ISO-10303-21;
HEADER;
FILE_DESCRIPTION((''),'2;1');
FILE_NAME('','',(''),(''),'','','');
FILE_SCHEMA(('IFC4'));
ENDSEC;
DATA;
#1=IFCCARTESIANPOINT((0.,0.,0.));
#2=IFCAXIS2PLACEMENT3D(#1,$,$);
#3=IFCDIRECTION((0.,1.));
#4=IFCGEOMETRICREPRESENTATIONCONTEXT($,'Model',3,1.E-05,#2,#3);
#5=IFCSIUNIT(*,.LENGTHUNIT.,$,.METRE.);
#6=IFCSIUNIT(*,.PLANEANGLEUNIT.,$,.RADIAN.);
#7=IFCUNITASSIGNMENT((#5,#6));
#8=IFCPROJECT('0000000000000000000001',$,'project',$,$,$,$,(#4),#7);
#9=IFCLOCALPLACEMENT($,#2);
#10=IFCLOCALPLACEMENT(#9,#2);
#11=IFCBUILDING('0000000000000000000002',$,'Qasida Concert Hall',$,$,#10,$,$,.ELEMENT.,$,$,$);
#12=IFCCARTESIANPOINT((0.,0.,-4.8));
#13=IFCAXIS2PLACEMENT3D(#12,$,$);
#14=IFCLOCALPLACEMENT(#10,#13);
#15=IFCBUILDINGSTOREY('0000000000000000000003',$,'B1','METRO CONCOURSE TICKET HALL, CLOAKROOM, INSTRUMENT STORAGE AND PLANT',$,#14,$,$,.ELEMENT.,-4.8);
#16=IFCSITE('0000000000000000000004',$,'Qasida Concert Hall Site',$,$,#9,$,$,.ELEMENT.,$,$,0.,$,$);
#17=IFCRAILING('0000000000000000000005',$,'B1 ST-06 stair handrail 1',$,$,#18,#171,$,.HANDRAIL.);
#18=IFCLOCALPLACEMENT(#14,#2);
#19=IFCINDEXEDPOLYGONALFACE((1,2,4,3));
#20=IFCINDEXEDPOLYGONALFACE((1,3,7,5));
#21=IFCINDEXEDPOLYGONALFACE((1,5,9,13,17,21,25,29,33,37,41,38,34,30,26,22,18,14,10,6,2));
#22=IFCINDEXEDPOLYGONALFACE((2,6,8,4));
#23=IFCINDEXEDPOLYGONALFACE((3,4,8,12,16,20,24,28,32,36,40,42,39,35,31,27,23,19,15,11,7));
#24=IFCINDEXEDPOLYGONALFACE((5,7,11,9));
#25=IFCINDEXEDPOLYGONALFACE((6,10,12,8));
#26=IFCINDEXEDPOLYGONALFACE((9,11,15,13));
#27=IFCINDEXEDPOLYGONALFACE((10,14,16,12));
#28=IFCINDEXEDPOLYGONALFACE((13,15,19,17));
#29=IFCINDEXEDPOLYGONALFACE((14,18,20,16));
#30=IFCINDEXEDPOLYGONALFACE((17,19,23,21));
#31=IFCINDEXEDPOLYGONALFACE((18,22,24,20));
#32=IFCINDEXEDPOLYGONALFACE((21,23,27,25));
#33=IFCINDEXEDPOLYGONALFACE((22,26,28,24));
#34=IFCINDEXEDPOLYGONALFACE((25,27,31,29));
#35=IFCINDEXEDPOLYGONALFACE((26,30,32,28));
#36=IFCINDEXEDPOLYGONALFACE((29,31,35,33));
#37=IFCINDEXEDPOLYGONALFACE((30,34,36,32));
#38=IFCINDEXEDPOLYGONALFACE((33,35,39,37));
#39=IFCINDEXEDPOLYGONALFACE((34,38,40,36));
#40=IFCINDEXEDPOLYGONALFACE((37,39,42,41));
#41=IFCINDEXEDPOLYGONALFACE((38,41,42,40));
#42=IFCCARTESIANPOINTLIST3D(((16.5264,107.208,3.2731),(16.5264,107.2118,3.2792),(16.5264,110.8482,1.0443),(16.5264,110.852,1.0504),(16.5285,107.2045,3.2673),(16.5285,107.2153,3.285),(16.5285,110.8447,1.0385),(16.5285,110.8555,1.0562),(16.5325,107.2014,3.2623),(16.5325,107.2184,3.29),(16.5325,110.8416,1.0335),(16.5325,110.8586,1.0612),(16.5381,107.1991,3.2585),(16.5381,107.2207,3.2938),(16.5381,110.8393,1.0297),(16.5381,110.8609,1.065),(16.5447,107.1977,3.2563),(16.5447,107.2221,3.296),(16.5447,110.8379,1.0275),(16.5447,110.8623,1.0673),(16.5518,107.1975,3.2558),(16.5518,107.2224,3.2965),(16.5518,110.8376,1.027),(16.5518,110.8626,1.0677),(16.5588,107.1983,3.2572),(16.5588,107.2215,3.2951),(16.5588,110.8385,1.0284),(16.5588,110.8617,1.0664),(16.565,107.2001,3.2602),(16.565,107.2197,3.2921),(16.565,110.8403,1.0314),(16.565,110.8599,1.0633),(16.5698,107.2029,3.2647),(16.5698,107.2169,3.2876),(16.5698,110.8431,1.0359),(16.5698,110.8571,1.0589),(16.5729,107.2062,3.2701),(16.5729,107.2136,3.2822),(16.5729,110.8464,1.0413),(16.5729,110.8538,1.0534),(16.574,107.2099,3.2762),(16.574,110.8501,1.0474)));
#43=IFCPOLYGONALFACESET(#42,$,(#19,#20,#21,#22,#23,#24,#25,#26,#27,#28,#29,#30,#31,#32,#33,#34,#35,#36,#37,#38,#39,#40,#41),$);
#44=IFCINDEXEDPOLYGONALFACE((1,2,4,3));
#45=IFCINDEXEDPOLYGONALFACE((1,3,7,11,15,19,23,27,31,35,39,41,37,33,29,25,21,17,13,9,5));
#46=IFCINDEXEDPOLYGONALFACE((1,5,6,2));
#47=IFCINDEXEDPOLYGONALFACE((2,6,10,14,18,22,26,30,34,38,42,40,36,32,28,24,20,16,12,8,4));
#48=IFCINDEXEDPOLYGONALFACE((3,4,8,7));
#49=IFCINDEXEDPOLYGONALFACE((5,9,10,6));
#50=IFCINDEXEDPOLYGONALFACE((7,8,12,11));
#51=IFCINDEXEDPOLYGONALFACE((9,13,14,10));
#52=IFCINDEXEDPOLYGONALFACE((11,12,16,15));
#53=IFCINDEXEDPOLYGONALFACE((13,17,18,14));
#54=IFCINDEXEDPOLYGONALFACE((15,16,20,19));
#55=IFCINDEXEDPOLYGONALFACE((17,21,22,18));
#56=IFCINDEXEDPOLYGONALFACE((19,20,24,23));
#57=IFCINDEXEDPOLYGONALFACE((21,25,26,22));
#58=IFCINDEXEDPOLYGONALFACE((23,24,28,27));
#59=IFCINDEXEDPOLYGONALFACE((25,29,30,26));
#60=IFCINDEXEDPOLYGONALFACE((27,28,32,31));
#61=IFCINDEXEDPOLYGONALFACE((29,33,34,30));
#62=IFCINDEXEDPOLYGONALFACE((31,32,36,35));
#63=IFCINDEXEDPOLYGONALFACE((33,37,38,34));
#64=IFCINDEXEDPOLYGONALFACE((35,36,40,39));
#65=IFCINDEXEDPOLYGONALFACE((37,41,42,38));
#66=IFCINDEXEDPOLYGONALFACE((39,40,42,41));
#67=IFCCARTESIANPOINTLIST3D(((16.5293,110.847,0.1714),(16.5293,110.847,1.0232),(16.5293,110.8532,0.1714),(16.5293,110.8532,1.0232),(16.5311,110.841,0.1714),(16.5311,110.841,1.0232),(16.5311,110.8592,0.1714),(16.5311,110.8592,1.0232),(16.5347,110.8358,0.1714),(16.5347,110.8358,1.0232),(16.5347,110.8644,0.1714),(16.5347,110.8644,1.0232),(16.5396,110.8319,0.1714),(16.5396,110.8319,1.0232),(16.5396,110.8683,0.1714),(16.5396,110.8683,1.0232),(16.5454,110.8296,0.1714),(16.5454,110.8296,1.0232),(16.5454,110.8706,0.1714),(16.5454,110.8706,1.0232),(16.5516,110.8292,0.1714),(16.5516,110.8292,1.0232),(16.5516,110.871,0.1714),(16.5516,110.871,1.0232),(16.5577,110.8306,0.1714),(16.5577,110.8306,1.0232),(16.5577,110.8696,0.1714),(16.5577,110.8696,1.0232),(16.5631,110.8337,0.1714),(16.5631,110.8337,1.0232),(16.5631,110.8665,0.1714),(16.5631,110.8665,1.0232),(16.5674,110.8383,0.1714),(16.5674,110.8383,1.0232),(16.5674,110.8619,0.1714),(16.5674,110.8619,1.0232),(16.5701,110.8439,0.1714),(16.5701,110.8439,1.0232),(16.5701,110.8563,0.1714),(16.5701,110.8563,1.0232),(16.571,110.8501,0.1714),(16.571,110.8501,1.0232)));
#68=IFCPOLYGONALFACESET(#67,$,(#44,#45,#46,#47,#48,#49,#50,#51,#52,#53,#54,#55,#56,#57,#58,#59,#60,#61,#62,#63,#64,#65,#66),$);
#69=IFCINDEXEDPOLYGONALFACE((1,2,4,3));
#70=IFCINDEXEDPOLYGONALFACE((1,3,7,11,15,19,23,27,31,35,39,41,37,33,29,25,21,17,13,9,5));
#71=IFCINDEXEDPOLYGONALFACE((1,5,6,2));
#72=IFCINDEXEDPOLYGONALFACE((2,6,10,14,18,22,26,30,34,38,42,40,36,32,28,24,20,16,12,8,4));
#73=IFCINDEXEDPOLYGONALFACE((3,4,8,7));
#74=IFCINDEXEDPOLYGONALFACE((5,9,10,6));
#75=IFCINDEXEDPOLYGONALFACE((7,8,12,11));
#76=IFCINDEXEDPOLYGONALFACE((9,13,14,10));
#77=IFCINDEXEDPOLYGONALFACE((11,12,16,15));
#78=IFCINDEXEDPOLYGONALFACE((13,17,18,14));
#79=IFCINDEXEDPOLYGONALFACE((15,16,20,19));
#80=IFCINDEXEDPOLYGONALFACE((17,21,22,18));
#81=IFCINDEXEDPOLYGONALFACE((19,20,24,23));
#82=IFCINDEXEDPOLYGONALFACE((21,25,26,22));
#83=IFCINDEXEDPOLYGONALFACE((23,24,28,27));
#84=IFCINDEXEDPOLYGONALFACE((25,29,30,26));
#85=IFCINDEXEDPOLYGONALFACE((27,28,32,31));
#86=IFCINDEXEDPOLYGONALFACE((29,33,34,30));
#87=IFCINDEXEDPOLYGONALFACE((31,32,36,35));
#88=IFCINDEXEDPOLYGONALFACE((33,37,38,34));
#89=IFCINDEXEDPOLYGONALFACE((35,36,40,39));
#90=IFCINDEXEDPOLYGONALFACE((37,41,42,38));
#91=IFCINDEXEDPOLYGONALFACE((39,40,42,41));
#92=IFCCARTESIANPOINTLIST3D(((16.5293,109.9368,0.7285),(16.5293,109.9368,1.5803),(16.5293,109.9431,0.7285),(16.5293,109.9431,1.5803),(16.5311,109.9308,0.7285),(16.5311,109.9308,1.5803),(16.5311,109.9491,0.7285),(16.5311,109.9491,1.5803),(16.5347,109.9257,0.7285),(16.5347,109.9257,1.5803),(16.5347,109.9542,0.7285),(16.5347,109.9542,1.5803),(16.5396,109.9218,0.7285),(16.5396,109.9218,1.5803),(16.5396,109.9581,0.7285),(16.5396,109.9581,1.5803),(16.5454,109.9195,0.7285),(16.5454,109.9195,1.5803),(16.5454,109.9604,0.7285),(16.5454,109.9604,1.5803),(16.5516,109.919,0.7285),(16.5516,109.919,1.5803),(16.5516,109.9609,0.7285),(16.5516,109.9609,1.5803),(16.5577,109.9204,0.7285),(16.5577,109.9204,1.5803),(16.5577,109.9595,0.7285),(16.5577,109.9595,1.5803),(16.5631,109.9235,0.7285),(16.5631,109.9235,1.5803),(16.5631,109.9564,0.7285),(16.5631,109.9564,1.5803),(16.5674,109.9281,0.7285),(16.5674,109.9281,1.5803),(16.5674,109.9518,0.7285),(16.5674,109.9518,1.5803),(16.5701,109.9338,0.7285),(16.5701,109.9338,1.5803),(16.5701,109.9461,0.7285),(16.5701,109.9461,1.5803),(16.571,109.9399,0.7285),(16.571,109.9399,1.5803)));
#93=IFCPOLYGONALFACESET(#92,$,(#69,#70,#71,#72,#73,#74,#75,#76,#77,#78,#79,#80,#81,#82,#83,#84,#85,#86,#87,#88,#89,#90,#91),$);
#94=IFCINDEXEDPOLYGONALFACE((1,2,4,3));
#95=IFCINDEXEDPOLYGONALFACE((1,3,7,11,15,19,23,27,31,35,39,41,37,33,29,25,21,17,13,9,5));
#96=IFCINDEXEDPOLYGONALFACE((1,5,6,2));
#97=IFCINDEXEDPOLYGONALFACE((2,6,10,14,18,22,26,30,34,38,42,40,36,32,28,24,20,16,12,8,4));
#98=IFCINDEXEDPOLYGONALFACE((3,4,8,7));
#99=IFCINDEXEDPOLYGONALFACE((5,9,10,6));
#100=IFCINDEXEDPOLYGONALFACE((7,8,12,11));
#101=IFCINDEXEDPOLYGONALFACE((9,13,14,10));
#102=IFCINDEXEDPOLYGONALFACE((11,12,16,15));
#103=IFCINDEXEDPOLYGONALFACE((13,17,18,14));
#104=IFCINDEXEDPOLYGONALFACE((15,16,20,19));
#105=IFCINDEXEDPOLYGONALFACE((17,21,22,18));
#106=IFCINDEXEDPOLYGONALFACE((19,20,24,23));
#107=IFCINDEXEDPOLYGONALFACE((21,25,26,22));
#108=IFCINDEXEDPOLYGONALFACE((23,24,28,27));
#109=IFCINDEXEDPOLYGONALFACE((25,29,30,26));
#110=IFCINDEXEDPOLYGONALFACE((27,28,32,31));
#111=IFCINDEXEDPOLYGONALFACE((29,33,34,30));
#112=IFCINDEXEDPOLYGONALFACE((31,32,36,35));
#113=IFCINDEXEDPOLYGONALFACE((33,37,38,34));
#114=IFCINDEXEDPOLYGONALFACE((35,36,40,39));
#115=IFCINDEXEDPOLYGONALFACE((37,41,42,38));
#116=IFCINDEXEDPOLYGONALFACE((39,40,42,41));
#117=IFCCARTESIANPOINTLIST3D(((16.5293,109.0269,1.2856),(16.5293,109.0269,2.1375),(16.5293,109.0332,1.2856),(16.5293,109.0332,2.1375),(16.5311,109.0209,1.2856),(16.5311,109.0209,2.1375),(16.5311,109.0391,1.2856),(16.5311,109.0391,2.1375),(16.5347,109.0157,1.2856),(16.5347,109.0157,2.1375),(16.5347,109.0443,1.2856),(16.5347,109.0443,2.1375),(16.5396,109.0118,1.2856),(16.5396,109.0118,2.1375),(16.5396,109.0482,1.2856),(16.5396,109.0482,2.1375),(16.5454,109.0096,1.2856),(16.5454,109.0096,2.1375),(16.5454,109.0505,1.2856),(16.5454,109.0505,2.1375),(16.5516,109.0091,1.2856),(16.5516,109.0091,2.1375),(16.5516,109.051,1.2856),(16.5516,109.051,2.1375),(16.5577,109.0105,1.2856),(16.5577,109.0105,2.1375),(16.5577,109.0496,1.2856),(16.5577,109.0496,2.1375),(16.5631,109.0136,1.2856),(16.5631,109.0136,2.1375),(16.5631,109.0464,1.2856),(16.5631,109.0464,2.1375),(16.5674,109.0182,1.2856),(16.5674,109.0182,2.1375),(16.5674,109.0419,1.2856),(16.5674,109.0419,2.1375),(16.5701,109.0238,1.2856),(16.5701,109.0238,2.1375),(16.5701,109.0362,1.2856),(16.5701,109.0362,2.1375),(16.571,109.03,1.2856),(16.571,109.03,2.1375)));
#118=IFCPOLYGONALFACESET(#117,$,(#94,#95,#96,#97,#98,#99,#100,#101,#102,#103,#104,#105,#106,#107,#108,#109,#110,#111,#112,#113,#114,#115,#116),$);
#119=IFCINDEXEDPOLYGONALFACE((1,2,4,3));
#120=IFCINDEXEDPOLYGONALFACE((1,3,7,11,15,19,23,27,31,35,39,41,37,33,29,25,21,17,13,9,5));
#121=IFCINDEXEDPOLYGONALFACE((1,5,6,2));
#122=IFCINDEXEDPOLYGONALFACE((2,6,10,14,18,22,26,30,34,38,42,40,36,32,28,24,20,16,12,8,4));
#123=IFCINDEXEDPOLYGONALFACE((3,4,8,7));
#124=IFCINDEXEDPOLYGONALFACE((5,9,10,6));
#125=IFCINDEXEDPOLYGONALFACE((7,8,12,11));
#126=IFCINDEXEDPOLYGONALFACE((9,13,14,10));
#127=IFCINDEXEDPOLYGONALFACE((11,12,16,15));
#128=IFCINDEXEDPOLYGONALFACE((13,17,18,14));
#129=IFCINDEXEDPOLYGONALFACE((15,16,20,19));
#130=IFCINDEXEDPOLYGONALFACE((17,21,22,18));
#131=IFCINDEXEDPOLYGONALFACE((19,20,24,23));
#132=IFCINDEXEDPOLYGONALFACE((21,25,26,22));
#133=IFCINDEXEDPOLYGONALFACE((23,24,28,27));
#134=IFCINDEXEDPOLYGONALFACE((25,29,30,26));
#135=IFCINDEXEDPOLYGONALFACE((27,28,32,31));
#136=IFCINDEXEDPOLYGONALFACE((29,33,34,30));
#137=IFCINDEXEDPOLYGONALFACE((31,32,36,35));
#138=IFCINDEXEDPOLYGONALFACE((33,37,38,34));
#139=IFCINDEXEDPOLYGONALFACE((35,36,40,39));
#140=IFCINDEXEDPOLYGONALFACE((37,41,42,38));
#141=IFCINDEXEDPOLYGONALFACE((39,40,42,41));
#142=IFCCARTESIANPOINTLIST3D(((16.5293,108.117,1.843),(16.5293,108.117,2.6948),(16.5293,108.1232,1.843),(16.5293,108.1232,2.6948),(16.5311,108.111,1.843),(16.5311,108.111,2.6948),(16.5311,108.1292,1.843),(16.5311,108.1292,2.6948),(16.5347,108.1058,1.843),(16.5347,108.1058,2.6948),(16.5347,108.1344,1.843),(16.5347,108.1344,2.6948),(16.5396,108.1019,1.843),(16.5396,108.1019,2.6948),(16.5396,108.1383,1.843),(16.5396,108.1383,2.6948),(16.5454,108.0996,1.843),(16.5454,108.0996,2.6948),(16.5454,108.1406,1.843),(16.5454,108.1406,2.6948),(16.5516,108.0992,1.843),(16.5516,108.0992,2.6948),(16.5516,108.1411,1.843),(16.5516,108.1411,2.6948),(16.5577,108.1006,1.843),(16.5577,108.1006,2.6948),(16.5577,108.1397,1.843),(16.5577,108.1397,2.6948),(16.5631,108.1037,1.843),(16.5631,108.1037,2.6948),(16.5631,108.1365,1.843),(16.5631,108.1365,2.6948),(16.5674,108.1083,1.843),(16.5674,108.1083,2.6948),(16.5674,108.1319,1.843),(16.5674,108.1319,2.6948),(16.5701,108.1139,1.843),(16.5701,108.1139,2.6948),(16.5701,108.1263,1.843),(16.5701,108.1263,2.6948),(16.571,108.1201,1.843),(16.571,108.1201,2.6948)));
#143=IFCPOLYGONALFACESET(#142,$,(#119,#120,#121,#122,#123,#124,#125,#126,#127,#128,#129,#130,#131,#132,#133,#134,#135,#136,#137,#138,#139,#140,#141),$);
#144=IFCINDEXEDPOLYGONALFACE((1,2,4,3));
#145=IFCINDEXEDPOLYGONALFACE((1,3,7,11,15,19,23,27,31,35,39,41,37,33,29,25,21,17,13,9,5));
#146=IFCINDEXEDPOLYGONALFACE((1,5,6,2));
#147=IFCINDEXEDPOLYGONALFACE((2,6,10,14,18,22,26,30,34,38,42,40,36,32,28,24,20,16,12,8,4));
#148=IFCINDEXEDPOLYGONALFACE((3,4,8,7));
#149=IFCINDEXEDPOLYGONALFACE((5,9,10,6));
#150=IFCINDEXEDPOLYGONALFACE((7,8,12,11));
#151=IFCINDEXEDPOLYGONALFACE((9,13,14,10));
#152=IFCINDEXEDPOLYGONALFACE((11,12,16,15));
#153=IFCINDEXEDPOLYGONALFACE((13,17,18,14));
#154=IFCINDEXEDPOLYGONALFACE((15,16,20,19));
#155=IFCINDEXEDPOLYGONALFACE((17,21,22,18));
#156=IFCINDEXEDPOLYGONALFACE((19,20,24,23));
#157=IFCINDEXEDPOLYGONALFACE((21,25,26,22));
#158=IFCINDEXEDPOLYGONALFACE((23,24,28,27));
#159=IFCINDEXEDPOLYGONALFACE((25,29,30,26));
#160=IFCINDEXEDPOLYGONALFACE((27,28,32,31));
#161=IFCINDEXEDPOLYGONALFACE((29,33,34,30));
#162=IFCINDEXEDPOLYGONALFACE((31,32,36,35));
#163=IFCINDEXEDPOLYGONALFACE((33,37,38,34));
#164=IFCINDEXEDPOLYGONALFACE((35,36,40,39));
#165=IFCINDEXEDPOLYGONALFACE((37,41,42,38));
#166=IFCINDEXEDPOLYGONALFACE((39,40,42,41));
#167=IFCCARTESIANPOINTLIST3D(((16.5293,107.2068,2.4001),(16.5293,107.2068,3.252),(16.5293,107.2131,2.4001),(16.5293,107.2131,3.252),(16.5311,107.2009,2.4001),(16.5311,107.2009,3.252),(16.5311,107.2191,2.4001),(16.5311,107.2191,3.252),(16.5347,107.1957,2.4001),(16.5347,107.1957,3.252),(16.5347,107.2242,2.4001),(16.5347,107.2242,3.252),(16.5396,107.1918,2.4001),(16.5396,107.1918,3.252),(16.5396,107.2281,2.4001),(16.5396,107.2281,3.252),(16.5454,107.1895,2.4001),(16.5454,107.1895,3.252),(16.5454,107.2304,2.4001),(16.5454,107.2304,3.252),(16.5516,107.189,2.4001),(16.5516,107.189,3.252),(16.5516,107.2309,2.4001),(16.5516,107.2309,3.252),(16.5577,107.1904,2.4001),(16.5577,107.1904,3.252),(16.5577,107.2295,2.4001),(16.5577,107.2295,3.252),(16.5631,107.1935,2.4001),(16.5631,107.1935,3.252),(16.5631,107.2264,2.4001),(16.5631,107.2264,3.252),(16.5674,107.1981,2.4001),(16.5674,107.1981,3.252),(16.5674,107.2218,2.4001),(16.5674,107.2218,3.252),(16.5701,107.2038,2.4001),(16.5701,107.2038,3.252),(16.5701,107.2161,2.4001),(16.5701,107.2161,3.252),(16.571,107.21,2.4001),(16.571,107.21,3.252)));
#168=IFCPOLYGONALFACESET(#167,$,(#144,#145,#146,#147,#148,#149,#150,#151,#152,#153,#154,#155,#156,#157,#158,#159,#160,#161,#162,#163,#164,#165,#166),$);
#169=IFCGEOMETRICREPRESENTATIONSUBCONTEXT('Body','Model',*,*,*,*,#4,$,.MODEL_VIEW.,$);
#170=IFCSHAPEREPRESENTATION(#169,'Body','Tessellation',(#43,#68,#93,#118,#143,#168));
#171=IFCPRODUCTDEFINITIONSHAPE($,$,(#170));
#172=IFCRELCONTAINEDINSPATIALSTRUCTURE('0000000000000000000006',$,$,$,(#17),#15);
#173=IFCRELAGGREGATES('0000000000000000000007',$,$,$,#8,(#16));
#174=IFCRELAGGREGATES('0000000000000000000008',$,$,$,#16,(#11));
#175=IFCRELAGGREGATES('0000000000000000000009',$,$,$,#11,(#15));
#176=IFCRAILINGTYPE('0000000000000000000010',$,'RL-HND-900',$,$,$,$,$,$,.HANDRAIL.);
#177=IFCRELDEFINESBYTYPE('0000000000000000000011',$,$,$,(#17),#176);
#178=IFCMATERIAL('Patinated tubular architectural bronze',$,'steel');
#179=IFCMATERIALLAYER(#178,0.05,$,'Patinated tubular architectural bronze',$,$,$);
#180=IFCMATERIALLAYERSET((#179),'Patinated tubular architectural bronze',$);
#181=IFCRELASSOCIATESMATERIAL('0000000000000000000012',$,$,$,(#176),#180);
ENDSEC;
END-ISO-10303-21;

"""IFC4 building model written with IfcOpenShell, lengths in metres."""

from ifc_helpers import new_model, si_unit, direction, frame, origin, origin_2d, place, context, subcontext, project, spatial, circle, extrude, material, layer, layer_set, type_object, element, save


model = new_model("IFC4")

# Units and contexts
model_context = context("Model", 3, precision=1e-05, world=origin(), true_north=direction((0.0, 1.0)))
body_context = subcontext(model_context, "Body", "Model", "MODEL_VIEW")
ifc_project = project(units=[si_unit("LENGTHUNIT", "METRE"), si_unit("PLANEANGLEUNIT", "RADIAN")], contexts=[model_context])

# Site, building, storey
site_placement = place(None, origin())
site = spatial("IfcSite", under=ifc_project, at=site_placement, Name="Qasida Concert Hall Site", CompositionType="ELEMENT", RefElevation=0.0)
building_placement = place(site_placement, origin())
building = spatial("IfcBuilding", under=site, at=building_placement, Name="Qasida Concert Hall", CompositionType="ELEMENT")
storey_placement = place(building_placement, frame((0.0, 0.0, -4.8)))
storey = spatial("IfcBuildingStorey", under=building, at=storey_placement, Name="B1", Description="METRO CONCOURSE TICKET HALL, CLOAKROOM, INSTRUMENT STORAGE AND PLANT", CompositionType="ELEMENT", Elevation=-4.8)

# Railing
ifc_material_1 = material(Name="Patinated tubular architectural bronze", Category="steel")
ifc_layer_1 = layer(ifc_material_1, 0.05, Name="Patinated tubular architectural bronze")
ifc_layer_set_1 = layer_set([ifc_layer_1], Name="Patinated tubular architectural bronze")
railing_type_1 = type_object("IfcRailingType", Name="RL-HND-900", PredefinedType="HANDRAIL", material=ifc_layer_set_1)
railing_1_placement = place(storey_placement, frame((16.55, 110.8501, 0.1714)))
element("IfcRailing", 1, at=railing_1_placement, inside=storey, type_object=railing_type_1, Name="B1 ST-06 stair handrail 1", PredefinedType="HANDRAIL", context=body_context, shape_type="SweptSolid", body=[
    extrude(circle(Radius=0.0239, at=origin_2d()), frame((0.0, 0.0, 0.876), z_axis=(0.0, -0.85284, 0.522172), x_axis=(1.0, 0.0, 0.0)), (0.0, 0.0, 1.0), 4.2683),
    extrude(circle(Radius=0.021, at=origin_2d()), origin(), (0.0, 0.0, 1.0), 0.8518),
    extrude(circle(Radius=0.021, at=origin_2d()), frame((0.0, -0.9102, 0.5571)), (0.0, 0.0, 1.0), 0.8518),
    extrude(circle(Radius=0.021, at=origin_2d()), frame((0.0, -1.8201, 1.1143)), (0.0, 0.0, 1.0), 0.8518),
    extrude(circle(Radius=0.021, at=origin_2d()), frame((0.0, -2.73, 1.6716)), (0.0, 0.0, 1.0), 0.8518),
    extrude(circle(Radius=0.021, at=origin_2d()), frame((0.0, -3.6401, 2.2288)), (0.0, 0.0, 1.0), 0.8518),
])

save(model, "model.ifc")
